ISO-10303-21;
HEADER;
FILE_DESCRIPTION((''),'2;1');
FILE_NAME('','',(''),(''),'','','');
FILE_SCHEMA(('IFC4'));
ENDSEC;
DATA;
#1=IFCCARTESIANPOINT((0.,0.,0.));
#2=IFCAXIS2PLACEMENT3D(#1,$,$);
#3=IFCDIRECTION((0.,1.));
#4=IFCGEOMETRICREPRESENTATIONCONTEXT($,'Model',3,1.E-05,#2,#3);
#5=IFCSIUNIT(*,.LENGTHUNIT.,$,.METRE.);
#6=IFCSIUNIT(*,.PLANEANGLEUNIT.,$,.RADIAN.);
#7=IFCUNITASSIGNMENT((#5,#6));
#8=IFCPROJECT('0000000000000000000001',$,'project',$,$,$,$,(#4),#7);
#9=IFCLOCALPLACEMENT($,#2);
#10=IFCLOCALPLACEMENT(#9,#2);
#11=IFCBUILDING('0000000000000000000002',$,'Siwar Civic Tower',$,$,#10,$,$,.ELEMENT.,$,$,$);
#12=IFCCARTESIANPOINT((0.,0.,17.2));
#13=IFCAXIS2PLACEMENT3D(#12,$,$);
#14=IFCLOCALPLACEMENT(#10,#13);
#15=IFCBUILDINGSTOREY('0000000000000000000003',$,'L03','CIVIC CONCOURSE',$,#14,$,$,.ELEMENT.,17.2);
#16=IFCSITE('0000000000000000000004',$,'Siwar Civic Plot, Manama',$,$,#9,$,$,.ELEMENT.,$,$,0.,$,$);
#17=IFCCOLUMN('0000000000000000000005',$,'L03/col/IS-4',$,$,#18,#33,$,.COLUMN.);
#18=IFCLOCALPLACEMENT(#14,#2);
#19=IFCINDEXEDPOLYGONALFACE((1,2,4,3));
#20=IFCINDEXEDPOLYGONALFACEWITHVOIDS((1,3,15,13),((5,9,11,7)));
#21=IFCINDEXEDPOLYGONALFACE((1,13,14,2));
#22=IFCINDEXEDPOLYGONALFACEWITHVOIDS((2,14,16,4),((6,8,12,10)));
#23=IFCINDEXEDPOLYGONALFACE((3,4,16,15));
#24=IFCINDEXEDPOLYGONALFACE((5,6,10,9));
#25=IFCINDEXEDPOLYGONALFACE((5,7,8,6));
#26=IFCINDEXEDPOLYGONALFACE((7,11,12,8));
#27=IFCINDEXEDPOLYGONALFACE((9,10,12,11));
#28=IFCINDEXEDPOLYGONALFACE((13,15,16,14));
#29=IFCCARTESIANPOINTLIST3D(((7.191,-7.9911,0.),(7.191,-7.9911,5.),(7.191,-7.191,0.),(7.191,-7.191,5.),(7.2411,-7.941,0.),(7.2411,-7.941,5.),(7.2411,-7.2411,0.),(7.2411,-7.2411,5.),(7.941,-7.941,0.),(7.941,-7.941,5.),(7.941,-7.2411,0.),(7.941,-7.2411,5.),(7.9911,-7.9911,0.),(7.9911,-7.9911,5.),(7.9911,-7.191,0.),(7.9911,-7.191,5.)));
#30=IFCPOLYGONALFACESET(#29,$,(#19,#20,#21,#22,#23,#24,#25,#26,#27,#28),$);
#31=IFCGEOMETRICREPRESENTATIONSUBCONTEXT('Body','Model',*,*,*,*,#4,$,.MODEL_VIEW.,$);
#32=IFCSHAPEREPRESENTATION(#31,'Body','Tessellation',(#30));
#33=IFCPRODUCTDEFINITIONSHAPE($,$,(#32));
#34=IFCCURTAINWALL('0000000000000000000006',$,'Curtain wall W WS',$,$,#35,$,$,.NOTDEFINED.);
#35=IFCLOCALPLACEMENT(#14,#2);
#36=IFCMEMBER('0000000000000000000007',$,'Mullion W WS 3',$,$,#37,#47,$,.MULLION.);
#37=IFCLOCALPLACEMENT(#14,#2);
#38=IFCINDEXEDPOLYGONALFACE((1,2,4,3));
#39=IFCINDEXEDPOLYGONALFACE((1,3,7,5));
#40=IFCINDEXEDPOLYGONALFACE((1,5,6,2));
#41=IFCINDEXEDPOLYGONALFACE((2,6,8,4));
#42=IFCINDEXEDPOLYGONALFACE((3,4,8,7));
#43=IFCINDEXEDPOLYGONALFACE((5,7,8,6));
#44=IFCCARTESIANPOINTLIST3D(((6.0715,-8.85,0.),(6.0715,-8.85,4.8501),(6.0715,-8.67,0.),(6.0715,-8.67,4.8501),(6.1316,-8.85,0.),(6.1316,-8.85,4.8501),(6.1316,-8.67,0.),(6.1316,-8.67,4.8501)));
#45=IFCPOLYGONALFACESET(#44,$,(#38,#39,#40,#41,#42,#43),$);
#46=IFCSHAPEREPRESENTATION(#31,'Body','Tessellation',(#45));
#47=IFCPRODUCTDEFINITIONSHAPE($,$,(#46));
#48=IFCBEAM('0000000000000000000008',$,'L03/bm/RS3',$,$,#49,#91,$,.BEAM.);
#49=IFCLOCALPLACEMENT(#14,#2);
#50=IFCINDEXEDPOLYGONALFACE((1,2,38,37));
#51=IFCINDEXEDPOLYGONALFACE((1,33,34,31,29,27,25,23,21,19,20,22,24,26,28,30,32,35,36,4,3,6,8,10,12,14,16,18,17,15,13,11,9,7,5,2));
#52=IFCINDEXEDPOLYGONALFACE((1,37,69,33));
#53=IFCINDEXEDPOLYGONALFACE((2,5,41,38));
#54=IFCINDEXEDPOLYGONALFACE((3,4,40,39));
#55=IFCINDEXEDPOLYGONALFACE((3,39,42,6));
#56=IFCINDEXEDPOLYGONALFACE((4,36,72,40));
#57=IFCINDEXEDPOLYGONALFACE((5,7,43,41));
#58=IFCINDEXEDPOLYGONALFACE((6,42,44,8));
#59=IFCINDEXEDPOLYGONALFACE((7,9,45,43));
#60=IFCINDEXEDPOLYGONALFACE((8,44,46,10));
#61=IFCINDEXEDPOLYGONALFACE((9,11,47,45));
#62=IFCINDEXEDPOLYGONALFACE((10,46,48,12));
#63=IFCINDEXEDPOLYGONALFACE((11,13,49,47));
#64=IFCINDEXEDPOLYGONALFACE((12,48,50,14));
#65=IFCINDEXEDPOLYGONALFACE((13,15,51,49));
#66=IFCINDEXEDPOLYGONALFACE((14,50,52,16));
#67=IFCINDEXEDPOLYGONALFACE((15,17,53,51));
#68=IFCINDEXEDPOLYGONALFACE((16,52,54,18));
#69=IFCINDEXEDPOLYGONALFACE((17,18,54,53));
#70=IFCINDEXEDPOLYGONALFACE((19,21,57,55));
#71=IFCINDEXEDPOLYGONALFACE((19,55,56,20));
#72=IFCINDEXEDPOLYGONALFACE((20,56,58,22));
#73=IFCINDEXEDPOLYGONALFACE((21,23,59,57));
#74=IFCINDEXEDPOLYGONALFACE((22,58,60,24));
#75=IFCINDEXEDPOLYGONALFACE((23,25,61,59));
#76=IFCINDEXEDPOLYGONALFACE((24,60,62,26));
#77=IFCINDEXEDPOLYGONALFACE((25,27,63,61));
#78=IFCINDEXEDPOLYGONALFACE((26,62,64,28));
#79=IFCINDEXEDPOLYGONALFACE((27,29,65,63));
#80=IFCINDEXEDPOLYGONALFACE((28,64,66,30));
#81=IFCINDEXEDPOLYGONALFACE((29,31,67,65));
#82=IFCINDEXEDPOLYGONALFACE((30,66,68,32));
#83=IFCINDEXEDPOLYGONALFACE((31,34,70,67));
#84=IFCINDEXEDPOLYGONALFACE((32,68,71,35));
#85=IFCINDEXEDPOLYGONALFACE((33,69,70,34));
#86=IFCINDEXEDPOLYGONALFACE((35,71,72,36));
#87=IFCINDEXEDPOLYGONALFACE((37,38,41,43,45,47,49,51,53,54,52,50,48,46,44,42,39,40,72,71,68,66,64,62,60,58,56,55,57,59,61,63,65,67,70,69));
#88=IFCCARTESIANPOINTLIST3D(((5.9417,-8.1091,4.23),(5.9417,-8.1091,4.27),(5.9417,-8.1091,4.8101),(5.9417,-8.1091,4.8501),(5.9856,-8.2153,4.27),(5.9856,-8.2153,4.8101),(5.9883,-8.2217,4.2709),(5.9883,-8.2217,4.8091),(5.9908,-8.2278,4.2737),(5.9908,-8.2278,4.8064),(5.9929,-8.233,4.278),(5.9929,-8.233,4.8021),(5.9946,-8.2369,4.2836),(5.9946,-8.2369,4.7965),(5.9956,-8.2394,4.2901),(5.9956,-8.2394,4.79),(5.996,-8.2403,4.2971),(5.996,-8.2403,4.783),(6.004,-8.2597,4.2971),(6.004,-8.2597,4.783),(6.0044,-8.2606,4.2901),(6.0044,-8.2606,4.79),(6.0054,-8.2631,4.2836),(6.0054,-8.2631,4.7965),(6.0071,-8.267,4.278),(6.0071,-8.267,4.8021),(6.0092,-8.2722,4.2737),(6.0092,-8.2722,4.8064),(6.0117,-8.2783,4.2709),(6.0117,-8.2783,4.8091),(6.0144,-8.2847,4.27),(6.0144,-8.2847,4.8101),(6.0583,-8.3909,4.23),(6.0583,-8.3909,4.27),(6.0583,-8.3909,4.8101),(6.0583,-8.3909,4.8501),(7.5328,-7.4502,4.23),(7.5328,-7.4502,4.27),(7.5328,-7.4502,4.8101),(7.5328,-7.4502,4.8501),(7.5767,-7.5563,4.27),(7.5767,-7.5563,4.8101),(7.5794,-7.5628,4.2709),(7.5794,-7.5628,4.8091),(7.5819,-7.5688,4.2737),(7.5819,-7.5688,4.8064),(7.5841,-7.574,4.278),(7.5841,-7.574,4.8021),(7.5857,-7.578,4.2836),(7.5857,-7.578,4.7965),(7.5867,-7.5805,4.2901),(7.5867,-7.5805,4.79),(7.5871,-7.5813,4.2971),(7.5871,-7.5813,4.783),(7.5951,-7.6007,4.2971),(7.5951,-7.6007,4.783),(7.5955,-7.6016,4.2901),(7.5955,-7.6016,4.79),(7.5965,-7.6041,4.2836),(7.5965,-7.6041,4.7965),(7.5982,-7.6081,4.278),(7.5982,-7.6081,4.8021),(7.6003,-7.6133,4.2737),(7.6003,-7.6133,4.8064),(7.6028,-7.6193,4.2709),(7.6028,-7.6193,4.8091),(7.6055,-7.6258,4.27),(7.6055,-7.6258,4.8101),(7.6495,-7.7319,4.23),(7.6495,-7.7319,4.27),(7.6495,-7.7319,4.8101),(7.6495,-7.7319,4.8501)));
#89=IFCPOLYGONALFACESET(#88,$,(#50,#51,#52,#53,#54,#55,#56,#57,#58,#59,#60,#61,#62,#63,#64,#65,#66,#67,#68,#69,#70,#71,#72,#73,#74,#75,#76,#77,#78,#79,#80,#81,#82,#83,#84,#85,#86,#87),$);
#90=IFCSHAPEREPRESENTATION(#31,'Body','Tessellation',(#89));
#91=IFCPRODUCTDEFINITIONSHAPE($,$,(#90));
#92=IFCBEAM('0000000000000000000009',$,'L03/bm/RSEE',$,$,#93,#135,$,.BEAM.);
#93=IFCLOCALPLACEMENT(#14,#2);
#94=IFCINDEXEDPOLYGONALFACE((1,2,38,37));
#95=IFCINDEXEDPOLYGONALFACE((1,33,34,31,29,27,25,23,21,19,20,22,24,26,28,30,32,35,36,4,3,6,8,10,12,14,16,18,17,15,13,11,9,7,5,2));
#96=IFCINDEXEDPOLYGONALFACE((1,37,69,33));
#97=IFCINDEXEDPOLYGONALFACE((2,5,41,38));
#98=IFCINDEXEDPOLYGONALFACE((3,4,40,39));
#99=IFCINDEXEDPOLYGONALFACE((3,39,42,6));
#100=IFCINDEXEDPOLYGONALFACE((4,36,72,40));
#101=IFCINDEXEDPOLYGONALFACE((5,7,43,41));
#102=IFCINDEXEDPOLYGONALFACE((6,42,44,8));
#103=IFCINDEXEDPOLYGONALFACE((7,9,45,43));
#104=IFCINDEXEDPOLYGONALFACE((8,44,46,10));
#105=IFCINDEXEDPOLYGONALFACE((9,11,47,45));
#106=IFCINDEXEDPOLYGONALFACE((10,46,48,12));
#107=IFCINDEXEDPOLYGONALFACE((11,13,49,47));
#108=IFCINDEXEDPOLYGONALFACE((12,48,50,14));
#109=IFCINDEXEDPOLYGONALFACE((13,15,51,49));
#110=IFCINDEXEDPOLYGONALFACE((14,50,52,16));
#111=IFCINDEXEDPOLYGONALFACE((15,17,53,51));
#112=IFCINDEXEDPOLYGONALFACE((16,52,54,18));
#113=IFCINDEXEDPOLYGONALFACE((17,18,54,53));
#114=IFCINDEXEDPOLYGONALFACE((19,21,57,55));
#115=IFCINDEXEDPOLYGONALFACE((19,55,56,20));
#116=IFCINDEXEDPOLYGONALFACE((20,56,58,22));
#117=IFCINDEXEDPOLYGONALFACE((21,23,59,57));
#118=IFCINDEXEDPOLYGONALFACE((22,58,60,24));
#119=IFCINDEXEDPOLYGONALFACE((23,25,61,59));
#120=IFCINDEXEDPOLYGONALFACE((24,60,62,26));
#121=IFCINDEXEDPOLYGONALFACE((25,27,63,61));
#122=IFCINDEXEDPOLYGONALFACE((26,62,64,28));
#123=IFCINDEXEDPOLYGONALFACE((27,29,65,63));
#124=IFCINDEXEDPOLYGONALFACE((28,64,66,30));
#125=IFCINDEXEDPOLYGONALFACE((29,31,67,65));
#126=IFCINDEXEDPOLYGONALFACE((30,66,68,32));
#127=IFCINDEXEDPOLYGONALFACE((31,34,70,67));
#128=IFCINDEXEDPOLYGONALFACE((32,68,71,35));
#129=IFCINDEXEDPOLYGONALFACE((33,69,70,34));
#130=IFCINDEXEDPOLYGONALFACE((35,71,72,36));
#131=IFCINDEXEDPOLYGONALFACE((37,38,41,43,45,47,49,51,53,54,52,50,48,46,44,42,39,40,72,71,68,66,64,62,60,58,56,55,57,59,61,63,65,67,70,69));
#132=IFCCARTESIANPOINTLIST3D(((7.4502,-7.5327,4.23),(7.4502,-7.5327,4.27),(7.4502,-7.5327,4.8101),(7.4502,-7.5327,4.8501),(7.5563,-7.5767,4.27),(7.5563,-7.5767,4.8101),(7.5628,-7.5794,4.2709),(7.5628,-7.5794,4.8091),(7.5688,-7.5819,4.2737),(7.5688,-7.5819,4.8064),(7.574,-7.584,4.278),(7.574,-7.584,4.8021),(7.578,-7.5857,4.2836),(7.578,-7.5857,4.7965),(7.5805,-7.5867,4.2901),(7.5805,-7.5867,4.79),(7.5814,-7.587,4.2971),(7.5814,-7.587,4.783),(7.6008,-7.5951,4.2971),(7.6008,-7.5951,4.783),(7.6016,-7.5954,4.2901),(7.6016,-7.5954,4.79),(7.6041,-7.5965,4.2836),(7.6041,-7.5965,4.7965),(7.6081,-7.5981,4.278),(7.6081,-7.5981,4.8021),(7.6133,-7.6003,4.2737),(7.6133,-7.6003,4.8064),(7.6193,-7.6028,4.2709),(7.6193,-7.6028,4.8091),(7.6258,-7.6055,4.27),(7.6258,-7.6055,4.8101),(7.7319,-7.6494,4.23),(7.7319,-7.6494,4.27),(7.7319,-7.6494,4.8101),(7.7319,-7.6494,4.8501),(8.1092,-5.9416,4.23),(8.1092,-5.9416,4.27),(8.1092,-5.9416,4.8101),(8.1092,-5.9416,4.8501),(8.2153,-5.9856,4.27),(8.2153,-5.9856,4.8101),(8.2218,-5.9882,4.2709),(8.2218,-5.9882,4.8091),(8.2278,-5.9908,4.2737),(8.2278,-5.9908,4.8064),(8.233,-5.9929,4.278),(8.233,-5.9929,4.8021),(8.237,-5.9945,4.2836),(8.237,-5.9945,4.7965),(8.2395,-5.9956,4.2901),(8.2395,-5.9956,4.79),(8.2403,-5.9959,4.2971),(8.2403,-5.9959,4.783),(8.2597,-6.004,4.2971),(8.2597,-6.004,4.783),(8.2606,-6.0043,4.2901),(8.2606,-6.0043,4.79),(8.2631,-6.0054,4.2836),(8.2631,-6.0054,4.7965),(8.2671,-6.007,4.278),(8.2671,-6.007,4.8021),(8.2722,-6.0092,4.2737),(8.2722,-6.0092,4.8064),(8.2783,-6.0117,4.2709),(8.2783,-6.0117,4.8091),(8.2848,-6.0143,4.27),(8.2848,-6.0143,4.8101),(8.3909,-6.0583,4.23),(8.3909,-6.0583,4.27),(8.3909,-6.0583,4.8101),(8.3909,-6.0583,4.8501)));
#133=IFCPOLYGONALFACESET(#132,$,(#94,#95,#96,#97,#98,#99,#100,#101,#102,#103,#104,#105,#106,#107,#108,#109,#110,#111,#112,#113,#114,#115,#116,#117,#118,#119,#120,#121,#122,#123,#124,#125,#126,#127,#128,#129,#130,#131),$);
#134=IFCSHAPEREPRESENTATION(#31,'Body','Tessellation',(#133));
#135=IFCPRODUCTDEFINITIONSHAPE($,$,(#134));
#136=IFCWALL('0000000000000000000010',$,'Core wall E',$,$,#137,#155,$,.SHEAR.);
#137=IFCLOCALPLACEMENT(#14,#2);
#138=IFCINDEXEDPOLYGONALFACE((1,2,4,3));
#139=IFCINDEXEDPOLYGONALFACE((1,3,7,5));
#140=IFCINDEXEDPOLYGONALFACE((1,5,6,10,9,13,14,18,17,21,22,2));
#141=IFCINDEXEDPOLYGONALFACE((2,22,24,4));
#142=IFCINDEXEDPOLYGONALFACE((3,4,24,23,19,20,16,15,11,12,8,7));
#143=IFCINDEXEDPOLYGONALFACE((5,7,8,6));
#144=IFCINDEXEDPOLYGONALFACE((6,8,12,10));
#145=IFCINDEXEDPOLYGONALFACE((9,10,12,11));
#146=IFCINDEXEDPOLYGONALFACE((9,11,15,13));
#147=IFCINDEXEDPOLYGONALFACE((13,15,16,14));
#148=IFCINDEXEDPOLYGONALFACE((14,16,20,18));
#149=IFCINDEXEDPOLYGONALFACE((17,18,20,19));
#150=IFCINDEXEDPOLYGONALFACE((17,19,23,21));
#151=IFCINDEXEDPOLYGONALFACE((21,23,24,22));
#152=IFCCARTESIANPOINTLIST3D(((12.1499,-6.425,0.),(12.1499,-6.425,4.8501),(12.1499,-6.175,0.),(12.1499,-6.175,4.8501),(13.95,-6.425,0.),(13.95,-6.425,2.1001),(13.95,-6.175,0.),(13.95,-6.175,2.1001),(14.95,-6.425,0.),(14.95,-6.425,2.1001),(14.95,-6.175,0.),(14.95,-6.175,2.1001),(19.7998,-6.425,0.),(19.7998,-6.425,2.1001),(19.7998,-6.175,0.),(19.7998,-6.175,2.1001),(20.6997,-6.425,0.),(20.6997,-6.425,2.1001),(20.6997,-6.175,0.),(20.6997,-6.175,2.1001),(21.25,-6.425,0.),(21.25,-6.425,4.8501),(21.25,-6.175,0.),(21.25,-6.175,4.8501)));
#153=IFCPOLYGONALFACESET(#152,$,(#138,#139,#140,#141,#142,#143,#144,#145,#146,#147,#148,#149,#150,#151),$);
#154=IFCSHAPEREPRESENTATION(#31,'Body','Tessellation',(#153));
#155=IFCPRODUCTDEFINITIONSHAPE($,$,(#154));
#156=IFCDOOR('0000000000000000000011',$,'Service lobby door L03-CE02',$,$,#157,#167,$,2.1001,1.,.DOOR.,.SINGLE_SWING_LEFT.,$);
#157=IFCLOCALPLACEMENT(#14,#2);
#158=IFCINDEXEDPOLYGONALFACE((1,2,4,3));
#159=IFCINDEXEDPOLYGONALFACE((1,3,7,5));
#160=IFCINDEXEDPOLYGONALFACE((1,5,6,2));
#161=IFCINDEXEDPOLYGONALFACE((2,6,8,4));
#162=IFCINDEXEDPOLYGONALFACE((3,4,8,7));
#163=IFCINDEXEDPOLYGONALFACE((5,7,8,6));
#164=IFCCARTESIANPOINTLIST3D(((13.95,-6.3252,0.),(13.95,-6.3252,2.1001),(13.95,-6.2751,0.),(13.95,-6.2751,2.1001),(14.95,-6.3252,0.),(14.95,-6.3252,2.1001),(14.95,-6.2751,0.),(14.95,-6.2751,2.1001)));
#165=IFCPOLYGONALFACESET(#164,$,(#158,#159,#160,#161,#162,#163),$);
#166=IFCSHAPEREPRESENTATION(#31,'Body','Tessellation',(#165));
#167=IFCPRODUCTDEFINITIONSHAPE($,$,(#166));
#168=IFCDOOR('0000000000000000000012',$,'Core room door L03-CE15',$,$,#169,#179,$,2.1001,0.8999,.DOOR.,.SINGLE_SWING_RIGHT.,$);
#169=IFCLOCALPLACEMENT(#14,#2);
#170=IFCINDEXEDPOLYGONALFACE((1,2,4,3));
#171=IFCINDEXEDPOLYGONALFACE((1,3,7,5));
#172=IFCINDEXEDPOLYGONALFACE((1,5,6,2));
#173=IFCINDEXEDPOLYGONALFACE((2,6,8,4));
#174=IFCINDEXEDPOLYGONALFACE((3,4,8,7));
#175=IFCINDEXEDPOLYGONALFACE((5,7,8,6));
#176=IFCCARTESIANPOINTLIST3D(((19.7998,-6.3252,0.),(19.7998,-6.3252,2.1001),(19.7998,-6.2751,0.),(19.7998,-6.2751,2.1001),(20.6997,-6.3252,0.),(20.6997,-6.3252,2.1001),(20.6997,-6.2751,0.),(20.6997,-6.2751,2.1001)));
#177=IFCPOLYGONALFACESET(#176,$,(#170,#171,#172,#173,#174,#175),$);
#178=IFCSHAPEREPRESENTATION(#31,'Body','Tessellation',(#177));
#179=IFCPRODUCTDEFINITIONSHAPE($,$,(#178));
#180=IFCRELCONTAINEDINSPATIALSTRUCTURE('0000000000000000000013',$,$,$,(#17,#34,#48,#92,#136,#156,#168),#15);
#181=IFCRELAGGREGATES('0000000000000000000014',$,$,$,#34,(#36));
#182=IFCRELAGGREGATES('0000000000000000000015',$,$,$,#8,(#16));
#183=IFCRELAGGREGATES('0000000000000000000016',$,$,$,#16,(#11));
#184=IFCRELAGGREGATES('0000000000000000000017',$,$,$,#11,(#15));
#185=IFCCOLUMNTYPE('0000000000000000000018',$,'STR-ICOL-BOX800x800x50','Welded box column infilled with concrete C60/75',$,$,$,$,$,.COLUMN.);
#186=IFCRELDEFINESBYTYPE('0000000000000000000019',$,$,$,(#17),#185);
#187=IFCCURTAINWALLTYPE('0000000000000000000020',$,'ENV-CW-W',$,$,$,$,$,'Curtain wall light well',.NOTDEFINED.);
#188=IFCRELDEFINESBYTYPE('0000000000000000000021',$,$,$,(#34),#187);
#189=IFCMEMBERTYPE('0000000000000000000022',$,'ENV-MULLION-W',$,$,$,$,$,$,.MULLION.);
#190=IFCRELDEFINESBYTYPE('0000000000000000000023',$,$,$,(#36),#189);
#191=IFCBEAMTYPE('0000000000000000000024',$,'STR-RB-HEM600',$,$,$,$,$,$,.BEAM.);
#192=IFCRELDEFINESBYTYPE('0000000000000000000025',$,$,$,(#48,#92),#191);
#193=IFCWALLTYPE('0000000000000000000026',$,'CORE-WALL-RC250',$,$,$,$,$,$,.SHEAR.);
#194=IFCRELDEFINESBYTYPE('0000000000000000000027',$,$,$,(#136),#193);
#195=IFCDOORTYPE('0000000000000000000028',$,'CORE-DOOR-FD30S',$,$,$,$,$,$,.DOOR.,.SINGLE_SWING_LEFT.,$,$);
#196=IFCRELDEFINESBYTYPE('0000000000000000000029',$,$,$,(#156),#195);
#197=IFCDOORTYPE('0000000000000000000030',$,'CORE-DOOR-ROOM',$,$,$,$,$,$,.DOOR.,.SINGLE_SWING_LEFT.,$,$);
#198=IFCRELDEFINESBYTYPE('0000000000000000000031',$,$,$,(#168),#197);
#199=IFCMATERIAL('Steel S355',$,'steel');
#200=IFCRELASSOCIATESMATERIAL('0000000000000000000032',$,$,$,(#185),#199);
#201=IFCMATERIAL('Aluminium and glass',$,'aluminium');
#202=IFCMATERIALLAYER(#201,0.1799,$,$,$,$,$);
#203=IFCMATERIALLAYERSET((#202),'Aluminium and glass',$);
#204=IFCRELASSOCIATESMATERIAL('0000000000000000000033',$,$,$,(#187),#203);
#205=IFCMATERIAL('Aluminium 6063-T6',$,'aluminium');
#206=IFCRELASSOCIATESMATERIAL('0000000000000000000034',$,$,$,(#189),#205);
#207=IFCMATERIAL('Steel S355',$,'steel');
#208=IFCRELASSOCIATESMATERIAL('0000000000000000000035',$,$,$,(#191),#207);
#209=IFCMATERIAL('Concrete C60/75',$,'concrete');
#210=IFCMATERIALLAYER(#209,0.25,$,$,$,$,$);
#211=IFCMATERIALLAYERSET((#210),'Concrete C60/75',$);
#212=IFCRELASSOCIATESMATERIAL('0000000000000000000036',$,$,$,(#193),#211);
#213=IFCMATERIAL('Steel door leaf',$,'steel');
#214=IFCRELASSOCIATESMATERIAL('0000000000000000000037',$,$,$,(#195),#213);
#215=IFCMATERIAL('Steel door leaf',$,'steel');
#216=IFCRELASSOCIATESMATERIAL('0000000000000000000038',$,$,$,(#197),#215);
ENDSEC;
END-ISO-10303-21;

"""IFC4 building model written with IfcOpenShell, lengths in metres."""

from ifc_helpers import new_model, si_unit, direction, frame, frame_2d, origin, origin_2d, place, context, subcontext, project, spatial, rectangle, hollow_rectangle, i_section, extrude, material, layer, layer_set, material_profile, profile_set, type_object, element, fill, aggregate, save


model = new_model("IFC4")

# Units and contexts
model_context = context("Model", 3, precision=1e-05, world=origin(), true_north=direction((0.0, 1.0)))
body_context = subcontext(model_context, "Body", "Model", "MODEL_VIEW")
ifc_project = project(units=[si_unit("LENGTHUNIT", "METRE"), si_unit("PLANEANGLEUNIT", "RADIAN")], contexts=[model_context])

# Site, building, storey
site_placement = place(None, origin())
site = spatial("IfcSite", under=ifc_project, at=site_placement, Name="Siwar Civic Plot, Manama", CompositionType="ELEMENT", RefElevation=0.0)
building_placement = place(site_placement, origin())
building = spatial("IfcBuilding", under=site, at=building_placement, Name="Siwar Civic Tower", CompositionType="ELEMENT")
storey_placement = place(building_placement, frame((0.0, 0.0, 17.2)))
storey = spatial("IfcBuildingStorey", under=building, at=storey_placement, Name="L03", Description="CIVIC CONCOURSE", CompositionType="ELEMENT", Elevation=17.2)

# Column
ifc_material_1 = material(Name="Steel S355", Category="steel")
ifc_material_profile_1 = material_profile(ifc_material_1, hollow_rectangle(XDim=0.8, YDim=0.8, WallThickness=0.05, at=origin_2d()), Name="BOX800x800x50")
ifc_profile_set_1 = profile_set([ifc_material_profile_1], Name="Steel S355")
column_type = type_object("IfcColumnType", Name="STR-ICOL-BOX800x800x50", Description="Welded box column infilled with concrete C60/75", PredefinedType="COLUMN", material=ifc_profile_set_1)
column_placement = place(storey_placement, frame((7.5911, -7.5911, 0.0), z_axis=(0.0, 0.0, 1.0), x_axis=(1.0, 0.0, 0.0)))
element("IfcColumn", 1, at=column_placement, inside=storey, type_object=column_type, Name="L03/col/IS-4", PredefinedType="COLUMN", context=body_context, shape_type="SweptSolid", body=[
    extrude(hollow_rectangle(XDim=0.8, YDim=0.8, WallThickness=0.05, at=origin_2d()), origin(), (0.0, 0.0, 1.0), 5.0),
])

# Curtain wall, member
ifc_material_2 = material(Name="Aluminium and glass", Category="aluminium")
ifc_layer_1 = layer(ifc_material_2, 0.1799)
ifc_layer_set_1 = layer_set([ifc_layer_1], Name="Aluminium and glass")
curtain_wall_type = type_object("IfcCurtainWallType", Name="ENV-CW-W", ElementType="Curtain wall light well", PredefinedType="NOTDEFINED", material=ifc_layer_set_1)
curtain_wall_placement = place(storey_placement, origin())
curtain_wall = element("IfcCurtainWall", 2, at=curtain_wall_placement, inside=storey, type_object=curtain_wall_type, Name="Curtain wall W WS", PredefinedType="NOTDEFINED")
ifc_material_3 = material(Name="Aluminium 6063-T6", Category="aluminium")
ifc_material_profile_2 = material_profile(ifc_material_3, rectangle(XDim=0.1799, YDim=0.0601, at=origin_2d()), Name="AL 180x60")
ifc_profile_set_2 = profile_set([ifc_material_profile_2], Name="Aluminium 6063-T6")
member_type = type_object("IfcMemberType", Name="ENV-MULLION-W", PredefinedType="MULLION", material=ifc_profile_set_2)
member_placement = place(storey_placement, frame((6.1016, -8.76, 0.0), z_axis=(0.0, 0.0, 1.0), x_axis=(0.0, 1.0, 0.0)))
member = element("IfcMember", 3, at=member_placement, type_object=member_type, Name="Mullion W WS 3", PredefinedType="MULLION", context=body_context, shape_type="SweptSolid", body=[
    extrude(rectangle(XDim=0.1799, YDim=0.0601, at=origin_2d()), origin(), (0.0, 0.0, 1.0), 4.8501),
])
aggregate(curtain_wall, [member])

# Beams
ifc_material_4 = material(Name="Steel S355", Category="steel")
ifc_material_profile_3 = material_profile(ifc_material_4, i_section(OverallWidth=0.3049, OverallDepth=0.6201, WebThickness=0.021, FlangeThickness=0.04, FilletRadius=0.0271, at=origin_2d()), Name="HEM600")
ifc_profile_set_3 = profile_set([ifc_material_profile_3], Name="Steel S355")
beam_type = type_object("IfcBeamType", Name="STR-RB-HEM600", PredefinedType="BEAM", material=ifc_profile_set_3)
for number, where, z_axis, x_axis, name in (
    (4, (6.0, -8.25, 4.54), (0.923901, 0.382631, 0.0), (-0.382631, 0.923901, 0.0), "L03/bm/RS3"),
    (5, (7.5911, -7.5911, 4.54), (0.382631, 0.923901, 0.0), (-0.923901, 0.382631, 0.0), "L03/bm/RSEE"),
):
    element("IfcBeam", number, at=place(storey_placement, frame(where, z_axis=z_axis, x_axis=x_axis)), inside=storey, type_object=beam_type, Name=name, PredefinedType="BEAM", context=body_context, shape_type="SweptSolid", body=[
        extrude(i_section(OverallWidth=0.3049, OverallDepth=0.6201, WebThickness=0.021, FlangeThickness=0.04, FilletRadius=0.0271, at=origin_2d()), origin(), (0.0, 0.0, 1.0), 1.7222),
    ])

# Wall, openings, doors
ifc_material_5 = material(Name="Concrete C60/75", Category="concrete")
ifc_layer_2 = layer(ifc_material_5, 0.25)
ifc_layer_set_2 = layer_set([ifc_layer_2], Name="Concrete C60/75")
wall_type_1 = type_object("IfcWallType", Name="CORE-WALL-RC250", PredefinedType="SHEAR", material=ifc_layer_set_2)
wall_1_placement = place(storey_placement, frame((12.1499, -6.3, 0.0), z_axis=(0.0, 0.0, 1.0), x_axis=(1.0, 0.0, 0.0)))
wall_1 = element("IfcWall", 6, at=wall_1_placement, inside=storey, type_object=wall_type_1, Name="Core wall E", PredefinedType="SHEAR", context=body_context, shape_type="SweptSolid", body=[
    extrude(rectangle(XDim=9.1001, YDim=0.25, at=frame_2d((4.55, 0.0))), origin(), (0.0, 0.0, 1.0), 4.8501),
])
opening_1_placement = place(wall_1_placement, frame((1.8, 0.0, 0.0)))
opening_1 = element("IfcOpeningElement", 7, at=opening_1_placement, cuts=wall_1, PredefinedType="OPENING", context=body_context, shape_type="SweptSolid", body=[
    extrude(rectangle(XDim=1.0, YDim=2.1001, at=frame_2d((0.5, 1.05))), frame((0.0, 0.135, 0.0), z_axis=(0.0, -1.0, 0.0), x_axis=(1.0, 0.0, 0.0)), (0.0, 0.0, 1.0), 0.27),
])
opening_2_placement = place(wall_1_placement, frame((7.6499, 0.0, 0.0)))
opening_2 = element("IfcOpeningElement", 8, at=opening_2_placement, cuts=wall_1, PredefinedType="OPENING", context=body_context, shape_type="SweptSolid", body=[
    extrude(rectangle(XDim=0.8999, YDim=2.1001, at=frame_2d((0.45, 1.05))), frame((0.0, 0.135, 0.0), z_axis=(0.0, -1.0, 0.0), x_axis=(1.0, 0.0, 0.0)), (0.0, 0.0, 1.0), 0.27),
])
ifc_material_6 = material(Name="Steel door leaf", Category="steel")
door_type_1 = type_object("IfcDoorType", Name="CORE-DOOR-FD30S", OperationType="SINGLE_SWING_LEFT", PredefinedType="DOOR", material=ifc_material_6)
door_1_placement = place(opening_1_placement, origin())
door_1 = element("IfcDoor", 9, at=door_1_placement, inside=storey, type_object=door_type_1, Name="Service lobby door L03-CE02", OperationType="SINGLE_SWING_LEFT", OverallHeight=2.1001, OverallWidth=1.0, PredefinedType="DOOR", context=body_context, shape_type="SweptSolid", body=[
    extrude(rectangle(XDim=1.0, YDim=2.1001, at=frame_2d((0.5, 1.05))), frame((0.0, 0.0249, 0.0), z_axis=(0.0, -1.0, 0.0), x_axis=(1.0, 0.0, 0.0)), (0.0, 0.0, 1.0), 0.05),
])
fill(opening_1, door_1)
ifc_material_7 = material(Name="Steel door leaf", Category="steel")
door_type_2 = type_object("IfcDoorType", Name="CORE-DOOR-ROOM", OperationType="SINGLE_SWING_LEFT", PredefinedType="DOOR", material=ifc_material_7)
door_2_placement = place(opening_2_placement, origin())
door_2 = element("IfcDoor", 10, at=door_2_placement, inside=storey, type_object=door_type_2, Name="Core room door L03-CE15", OperationType="SINGLE_SWING_RIGHT", OverallHeight=2.1001, OverallWidth=0.8999, PredefinedType="DOOR", context=body_context, shape_type="SweptSolid", body=[
    extrude(rectangle(XDim=0.8999, YDim=2.1001, at=frame_2d((0.45, 1.05))), frame((0.0, 0.0249, 0.0), z_axis=(0.0, -1.0, 0.0), x_axis=(1.0, 0.0, 0.0)), (0.0, 0.0, 1.0), 0.05),
])
fill(opening_2, door_2)

save(model, "model.ifc")
